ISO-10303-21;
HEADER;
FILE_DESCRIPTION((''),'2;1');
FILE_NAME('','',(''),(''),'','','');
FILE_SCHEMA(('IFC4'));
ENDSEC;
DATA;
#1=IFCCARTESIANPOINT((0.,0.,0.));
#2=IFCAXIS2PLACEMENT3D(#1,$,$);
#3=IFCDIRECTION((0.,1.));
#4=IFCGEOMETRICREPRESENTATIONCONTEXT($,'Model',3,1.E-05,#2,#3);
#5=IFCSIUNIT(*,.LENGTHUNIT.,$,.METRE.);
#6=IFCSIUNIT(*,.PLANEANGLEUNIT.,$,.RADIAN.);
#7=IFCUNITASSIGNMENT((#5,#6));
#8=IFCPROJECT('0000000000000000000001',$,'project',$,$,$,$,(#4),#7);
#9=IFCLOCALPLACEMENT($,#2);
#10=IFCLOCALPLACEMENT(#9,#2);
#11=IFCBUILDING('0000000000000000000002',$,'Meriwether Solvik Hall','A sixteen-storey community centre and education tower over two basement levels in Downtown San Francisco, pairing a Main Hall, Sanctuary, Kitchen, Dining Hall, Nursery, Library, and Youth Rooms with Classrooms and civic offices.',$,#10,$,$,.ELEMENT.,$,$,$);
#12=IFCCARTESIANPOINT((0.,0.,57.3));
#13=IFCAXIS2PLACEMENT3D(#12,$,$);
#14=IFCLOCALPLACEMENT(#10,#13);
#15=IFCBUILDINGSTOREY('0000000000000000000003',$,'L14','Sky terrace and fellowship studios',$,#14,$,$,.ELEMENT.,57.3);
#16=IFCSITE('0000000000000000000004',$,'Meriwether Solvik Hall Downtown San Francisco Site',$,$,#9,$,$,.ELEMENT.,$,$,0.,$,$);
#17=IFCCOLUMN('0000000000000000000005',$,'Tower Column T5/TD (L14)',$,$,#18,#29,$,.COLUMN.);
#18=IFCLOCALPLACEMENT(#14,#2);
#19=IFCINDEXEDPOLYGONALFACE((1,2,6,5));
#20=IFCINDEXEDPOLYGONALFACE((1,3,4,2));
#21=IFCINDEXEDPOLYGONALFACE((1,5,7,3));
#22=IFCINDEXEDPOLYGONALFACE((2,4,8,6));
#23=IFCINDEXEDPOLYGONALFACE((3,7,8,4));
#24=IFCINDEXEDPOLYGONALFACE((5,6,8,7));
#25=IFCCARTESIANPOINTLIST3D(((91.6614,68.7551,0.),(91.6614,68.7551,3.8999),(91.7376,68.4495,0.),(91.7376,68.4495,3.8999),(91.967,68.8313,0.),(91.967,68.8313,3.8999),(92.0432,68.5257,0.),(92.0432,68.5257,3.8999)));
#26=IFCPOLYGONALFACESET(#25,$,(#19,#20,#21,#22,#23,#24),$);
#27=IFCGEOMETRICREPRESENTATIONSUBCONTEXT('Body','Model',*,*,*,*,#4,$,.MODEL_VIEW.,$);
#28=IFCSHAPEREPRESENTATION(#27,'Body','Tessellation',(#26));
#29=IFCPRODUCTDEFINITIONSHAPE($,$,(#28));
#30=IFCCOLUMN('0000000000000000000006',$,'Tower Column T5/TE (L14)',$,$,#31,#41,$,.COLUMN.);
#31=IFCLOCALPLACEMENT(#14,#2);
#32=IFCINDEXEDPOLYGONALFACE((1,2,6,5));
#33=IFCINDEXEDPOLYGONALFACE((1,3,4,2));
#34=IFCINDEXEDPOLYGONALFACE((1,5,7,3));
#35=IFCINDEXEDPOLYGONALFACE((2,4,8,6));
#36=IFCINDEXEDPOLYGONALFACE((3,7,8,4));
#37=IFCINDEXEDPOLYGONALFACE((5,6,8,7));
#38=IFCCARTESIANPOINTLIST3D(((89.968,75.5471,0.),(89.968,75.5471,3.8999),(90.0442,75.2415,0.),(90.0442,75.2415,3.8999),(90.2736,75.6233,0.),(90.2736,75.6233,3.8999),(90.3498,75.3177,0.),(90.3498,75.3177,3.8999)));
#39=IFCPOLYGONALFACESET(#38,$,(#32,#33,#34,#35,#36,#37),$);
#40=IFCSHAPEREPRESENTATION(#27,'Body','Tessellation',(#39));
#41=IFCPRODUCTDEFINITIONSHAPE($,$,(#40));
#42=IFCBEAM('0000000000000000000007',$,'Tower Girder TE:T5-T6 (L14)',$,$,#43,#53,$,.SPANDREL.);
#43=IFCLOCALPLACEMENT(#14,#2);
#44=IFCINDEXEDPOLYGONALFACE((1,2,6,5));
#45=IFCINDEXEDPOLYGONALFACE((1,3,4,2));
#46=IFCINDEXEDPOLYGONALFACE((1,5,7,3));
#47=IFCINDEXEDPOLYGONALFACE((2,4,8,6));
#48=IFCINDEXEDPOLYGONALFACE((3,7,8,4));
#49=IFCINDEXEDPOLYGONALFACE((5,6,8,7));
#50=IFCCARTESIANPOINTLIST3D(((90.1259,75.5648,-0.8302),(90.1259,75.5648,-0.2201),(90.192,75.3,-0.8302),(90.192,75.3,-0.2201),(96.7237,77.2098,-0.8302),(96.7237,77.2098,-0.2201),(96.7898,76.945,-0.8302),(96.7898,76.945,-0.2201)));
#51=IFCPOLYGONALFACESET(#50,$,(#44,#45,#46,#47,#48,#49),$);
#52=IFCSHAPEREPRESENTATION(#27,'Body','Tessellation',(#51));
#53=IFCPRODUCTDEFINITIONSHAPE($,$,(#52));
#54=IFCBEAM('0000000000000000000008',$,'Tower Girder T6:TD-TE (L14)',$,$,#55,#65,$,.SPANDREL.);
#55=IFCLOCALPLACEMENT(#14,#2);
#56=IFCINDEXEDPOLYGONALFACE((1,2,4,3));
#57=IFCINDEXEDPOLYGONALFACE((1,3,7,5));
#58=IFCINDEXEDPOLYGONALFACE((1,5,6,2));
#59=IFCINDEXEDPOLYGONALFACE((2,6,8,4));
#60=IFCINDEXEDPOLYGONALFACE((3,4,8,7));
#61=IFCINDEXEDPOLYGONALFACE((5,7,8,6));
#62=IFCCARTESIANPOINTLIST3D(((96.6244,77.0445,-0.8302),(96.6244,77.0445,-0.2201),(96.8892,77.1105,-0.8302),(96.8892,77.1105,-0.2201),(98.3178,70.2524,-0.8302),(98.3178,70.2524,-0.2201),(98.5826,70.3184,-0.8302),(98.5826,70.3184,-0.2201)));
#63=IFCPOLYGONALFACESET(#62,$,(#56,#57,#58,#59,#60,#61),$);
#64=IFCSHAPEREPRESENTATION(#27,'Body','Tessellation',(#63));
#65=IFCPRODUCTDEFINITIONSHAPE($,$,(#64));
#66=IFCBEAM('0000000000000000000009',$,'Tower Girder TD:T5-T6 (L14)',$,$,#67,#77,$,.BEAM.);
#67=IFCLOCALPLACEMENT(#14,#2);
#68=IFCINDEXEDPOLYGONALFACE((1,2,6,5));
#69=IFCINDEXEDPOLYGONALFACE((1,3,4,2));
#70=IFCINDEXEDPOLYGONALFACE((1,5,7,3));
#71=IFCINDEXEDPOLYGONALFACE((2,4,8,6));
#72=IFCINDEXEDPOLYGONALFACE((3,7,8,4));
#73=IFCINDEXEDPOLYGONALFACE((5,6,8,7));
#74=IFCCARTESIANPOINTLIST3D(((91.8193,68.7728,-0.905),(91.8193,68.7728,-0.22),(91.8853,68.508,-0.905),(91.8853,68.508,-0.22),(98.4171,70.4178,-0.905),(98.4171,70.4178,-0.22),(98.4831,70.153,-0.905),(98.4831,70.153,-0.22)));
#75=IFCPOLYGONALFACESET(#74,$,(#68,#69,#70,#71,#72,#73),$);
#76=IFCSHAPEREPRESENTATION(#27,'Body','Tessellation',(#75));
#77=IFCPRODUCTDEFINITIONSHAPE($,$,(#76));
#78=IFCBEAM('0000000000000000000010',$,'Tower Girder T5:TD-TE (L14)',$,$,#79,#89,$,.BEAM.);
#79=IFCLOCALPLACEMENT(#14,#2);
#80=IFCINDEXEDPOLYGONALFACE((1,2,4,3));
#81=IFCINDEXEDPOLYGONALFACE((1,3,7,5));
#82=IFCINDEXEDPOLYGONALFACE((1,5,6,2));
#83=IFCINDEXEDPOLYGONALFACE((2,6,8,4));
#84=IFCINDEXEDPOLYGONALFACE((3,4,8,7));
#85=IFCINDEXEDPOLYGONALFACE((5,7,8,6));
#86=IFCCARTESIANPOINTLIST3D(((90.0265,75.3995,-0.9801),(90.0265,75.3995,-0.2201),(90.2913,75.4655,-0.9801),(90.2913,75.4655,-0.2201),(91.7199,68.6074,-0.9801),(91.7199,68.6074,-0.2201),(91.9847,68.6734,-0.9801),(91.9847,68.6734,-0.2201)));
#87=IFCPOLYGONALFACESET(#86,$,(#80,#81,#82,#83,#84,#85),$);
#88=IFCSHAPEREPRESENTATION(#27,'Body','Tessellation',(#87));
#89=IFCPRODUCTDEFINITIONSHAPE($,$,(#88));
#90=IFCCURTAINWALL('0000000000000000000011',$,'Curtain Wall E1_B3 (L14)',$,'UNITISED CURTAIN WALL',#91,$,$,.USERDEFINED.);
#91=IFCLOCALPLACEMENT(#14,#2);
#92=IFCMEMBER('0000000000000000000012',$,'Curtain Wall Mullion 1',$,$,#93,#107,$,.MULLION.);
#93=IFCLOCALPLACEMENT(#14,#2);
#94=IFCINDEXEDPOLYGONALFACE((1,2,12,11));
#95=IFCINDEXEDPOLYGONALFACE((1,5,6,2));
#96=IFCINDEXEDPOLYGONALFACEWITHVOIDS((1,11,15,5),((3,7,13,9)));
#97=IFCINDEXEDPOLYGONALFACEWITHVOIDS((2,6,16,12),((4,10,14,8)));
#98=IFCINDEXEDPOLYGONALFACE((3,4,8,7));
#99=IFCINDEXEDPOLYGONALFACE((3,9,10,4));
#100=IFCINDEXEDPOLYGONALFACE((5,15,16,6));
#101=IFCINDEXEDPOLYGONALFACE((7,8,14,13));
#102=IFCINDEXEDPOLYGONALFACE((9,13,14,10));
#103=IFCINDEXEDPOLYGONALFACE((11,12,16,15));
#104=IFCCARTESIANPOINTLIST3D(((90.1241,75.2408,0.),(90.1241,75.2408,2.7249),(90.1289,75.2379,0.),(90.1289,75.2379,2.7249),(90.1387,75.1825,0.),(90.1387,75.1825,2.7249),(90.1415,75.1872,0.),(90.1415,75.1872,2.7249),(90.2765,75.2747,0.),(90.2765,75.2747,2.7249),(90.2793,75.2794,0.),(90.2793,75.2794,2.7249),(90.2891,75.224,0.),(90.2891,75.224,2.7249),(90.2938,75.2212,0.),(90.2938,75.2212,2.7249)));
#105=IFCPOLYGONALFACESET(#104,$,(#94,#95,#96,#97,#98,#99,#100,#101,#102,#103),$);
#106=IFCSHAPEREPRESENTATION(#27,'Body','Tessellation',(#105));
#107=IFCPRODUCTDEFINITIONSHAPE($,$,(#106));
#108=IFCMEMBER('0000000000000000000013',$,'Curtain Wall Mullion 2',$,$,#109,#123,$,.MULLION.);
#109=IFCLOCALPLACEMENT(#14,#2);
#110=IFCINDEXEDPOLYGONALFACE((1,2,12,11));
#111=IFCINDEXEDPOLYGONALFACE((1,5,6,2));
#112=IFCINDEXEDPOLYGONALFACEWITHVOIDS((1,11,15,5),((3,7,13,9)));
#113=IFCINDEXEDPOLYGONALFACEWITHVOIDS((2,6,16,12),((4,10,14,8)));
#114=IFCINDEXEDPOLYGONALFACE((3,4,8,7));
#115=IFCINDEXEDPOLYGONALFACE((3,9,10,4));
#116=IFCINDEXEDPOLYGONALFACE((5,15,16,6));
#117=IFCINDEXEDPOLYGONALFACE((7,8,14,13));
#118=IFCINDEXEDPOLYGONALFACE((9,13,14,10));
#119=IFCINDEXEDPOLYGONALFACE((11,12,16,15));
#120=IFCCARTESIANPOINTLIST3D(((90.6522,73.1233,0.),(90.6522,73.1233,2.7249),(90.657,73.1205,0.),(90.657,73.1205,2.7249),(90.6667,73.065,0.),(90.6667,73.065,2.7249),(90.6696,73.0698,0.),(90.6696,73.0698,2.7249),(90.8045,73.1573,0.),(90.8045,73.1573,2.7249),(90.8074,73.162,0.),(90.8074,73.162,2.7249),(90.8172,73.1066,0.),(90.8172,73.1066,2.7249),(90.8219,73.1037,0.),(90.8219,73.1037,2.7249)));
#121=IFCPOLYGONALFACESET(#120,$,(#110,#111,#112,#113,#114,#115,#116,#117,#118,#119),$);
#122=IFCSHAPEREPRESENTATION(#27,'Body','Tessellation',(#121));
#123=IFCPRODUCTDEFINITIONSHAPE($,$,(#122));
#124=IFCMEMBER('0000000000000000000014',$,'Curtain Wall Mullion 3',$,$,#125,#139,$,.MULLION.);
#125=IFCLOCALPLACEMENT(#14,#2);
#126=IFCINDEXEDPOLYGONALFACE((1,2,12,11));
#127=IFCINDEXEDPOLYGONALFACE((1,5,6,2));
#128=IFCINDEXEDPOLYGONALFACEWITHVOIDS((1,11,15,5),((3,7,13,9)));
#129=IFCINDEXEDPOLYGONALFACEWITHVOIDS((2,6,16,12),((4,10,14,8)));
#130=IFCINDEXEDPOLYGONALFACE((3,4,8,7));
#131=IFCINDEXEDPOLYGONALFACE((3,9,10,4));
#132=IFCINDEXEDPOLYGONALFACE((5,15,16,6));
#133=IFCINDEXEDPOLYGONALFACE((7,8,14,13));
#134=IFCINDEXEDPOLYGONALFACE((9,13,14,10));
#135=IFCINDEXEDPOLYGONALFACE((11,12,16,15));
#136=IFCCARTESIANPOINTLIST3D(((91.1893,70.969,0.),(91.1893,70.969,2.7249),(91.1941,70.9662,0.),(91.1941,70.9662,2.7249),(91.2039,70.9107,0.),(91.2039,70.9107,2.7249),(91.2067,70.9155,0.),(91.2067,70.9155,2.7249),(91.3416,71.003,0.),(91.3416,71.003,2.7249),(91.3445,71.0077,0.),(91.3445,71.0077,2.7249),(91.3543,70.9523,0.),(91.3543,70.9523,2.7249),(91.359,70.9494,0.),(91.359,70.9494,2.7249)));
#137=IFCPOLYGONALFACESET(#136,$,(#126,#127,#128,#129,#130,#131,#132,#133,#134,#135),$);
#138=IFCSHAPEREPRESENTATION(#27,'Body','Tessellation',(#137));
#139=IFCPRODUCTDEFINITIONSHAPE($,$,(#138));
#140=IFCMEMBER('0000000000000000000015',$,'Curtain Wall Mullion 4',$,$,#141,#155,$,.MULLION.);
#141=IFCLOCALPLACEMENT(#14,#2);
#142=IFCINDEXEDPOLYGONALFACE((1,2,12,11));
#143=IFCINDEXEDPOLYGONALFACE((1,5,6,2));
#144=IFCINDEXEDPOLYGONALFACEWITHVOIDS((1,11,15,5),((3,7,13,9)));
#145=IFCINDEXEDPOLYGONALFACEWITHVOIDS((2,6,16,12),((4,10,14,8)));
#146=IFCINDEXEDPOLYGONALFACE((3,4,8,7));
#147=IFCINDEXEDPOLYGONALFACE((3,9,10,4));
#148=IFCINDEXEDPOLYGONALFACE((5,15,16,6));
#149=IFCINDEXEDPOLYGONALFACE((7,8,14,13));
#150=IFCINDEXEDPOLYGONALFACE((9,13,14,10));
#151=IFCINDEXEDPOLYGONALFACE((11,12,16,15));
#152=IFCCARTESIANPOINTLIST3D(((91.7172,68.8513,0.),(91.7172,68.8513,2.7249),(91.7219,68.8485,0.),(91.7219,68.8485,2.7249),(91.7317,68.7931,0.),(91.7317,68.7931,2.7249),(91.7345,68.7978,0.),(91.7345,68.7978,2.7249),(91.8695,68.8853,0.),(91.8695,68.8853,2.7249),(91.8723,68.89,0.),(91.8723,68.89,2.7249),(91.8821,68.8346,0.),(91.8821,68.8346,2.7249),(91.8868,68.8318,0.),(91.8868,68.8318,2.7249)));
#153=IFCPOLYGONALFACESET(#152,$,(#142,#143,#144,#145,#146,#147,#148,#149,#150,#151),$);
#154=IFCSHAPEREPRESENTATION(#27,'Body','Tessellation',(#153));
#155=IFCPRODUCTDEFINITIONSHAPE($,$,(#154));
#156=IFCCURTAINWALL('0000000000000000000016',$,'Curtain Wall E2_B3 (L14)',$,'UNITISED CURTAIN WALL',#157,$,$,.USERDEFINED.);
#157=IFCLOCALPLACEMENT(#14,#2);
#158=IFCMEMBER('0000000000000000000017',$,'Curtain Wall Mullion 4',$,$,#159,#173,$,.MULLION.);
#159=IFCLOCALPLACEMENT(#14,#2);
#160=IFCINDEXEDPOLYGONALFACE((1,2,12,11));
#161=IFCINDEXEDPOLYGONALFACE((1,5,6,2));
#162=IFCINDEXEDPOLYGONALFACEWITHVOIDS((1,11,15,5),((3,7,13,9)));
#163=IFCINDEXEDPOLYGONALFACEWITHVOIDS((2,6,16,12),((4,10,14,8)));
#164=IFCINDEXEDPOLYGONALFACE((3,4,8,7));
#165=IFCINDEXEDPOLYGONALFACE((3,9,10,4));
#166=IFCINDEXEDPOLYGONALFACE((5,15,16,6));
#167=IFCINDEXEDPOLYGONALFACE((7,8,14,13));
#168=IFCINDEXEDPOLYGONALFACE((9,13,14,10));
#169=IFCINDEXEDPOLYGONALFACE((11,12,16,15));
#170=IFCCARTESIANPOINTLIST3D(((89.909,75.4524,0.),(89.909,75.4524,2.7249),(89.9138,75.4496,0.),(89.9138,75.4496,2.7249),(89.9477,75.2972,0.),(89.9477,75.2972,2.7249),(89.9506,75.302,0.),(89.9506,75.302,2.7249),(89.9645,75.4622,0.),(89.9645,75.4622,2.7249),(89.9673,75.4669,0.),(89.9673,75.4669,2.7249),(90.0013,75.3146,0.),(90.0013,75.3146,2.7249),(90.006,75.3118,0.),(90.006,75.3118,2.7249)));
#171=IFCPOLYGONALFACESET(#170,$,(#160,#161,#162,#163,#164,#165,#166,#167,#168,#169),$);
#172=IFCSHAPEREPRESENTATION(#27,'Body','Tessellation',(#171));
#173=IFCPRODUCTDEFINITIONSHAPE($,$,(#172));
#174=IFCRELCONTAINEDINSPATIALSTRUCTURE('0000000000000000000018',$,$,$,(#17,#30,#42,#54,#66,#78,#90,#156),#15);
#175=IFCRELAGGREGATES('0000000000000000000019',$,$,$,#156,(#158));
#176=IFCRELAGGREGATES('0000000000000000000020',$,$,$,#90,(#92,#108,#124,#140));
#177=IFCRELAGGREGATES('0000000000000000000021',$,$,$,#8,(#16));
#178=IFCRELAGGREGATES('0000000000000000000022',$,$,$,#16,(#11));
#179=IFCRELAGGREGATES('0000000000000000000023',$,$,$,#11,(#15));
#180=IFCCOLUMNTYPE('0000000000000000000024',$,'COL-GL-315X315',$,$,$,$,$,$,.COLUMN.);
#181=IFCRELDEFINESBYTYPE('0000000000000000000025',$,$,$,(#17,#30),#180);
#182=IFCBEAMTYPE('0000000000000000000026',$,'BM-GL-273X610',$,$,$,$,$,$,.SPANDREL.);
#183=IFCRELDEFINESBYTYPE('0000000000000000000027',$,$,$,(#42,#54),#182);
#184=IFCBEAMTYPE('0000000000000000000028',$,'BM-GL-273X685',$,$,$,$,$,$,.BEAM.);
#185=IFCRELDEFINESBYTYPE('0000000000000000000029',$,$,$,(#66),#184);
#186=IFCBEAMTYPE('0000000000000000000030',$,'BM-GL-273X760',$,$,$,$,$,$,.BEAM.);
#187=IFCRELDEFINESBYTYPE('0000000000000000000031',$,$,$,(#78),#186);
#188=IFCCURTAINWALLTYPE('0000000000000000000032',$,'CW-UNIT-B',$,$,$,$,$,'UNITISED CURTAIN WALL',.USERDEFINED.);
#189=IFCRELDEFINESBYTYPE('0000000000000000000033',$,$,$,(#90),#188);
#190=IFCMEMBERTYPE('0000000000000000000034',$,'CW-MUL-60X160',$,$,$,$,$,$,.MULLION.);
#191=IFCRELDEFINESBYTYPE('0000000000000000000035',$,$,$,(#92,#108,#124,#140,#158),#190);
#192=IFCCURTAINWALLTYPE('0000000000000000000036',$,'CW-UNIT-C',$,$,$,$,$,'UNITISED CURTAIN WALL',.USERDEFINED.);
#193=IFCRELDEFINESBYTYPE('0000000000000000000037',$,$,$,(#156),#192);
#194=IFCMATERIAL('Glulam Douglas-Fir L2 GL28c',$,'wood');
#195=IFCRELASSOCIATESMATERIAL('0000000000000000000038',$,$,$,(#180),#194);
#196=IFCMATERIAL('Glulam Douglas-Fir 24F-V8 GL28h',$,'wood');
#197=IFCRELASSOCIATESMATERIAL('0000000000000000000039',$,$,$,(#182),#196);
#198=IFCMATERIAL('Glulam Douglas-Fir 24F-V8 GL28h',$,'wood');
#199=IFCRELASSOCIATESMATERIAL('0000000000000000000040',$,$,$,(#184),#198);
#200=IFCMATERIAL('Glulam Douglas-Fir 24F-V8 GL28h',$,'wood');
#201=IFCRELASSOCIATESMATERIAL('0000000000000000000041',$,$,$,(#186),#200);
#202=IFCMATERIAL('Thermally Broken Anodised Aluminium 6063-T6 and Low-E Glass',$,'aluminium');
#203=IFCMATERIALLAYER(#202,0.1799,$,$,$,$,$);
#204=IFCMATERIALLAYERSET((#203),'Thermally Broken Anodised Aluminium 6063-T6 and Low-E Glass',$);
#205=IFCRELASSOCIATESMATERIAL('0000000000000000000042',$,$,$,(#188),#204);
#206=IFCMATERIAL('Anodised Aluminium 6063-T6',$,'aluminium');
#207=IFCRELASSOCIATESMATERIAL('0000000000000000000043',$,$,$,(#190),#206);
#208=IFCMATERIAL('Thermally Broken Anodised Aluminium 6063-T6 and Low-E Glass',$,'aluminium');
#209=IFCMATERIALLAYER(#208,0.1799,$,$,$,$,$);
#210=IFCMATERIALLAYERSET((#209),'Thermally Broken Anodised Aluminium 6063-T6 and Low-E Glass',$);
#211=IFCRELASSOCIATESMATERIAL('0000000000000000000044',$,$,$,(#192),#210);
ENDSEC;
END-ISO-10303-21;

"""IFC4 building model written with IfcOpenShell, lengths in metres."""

from ifc_helpers import new_model, si_unit, direction, frame, origin, origin_2d, place, context, subcontext, project, spatial, rectangle, hollow_rectangle, extrude, material, layer, layer_set, material_profile, profile_set, type_object, element, aggregate, save


model = new_model("IFC4")

# Units and contexts
model_context = context("Model", 3, precision=1e-05, world=origin(), true_north=direction((0.0, 1.0)))
body_context = subcontext(model_context, "Body", "Model", "MODEL_VIEW")
ifc_project = project(units=[si_unit("LENGTHUNIT", "METRE"), si_unit("PLANEANGLEUNIT", "RADIAN")], contexts=[model_context])

# Site, building, storey
site_placement = place(None, origin())
site = spatial("IfcSite", under=ifc_project, at=site_placement, Name="Meriwether Solvik Hall Downtown San Francisco Site", CompositionType="ELEMENT", RefElevation=0.0)
building_placement = place(site_placement, origin())
building = spatial("IfcBuilding", under=site, at=building_placement, Name="Meriwether Solvik Hall", Description="A sixteen-storey community centre and education tower over two basement levels in Downtown San Francisco, pairing a Main Hall, Sanctuary, Kitchen, Dining Hall, Nursery, Library, and Youth Rooms with Classrooms and civic offices.", CompositionType="ELEMENT")
storey_placement = place(building_placement, frame((0.0, 0.0, 57.3)))
storey = spatial("IfcBuildingStorey", under=building, at=storey_placement, Name="L14", Description="Sky terrace and fellowship studios", CompositionType="ELEMENT", Elevation=57.3)

# Columns
ifc_material_1 = material(Name="Glulam Douglas-Fir L2 GL28c", Category="wood")
ifc_material_profile_1 = material_profile(ifc_material_1, rectangle(XDim=0.3149, YDim=0.3149, at=origin_2d()), Name="GLC-315X315")
ifc_profile_set_1 = profile_set([ifc_material_profile_1], Name="Glulam Douglas-Fir L2 GL28c")
column_type = type_object("IfcColumnType", Name="COL-GL-315X315", PredefinedType="COLUMN", material=ifc_profile_set_1)
for number, where, z_axis, x_axis, name in (
    (1, (91.8523, 68.6404, 0.0), (0.0, 0.0, 1.0), (0.970296, 0.241922, 0.0), "Tower Column T5/TD (L14)"),
    (2, (90.1589, 75.4324, 0.0), (0.0, 0.0, 1.0), (0.970296, 0.241922, 0.0), "Tower Column T5/TE (L14)"),
):
    element("IfcColumn", number, at=place(storey_placement, frame(where, z_axis=z_axis, x_axis=x_axis)), inside=storey, type_object=column_type, Name=name, PredefinedType="COLUMN", context=body_context, shape_type="SweptSolid", body=[
        extrude(rectangle(XDim=0.3149, YDim=0.3149, at=origin_2d()), origin(), (0.0, 0.0, 1.0), 3.8999),
    ])

# Beams
ifc_material_2 = material(Name="Glulam Douglas-Fir 24F-V8 GL28h", Category="wood")
ifc_material_profile_2 = material_profile(ifc_material_2, rectangle(XDim=0.2729, YDim=0.6101, at=origin_2d()), Name="GLB-273X610")
ifc_profile_set_2 = profile_set([ifc_material_profile_2], Name="Glulam Douglas-Fir 24F-V8 GL28h")
beam_type_1 = type_object("IfcBeamType", Name="BM-GL-273X610", PredefinedType="SPANDREL", material=ifc_profile_set_2)
beam_1_placement = place(storey_placement, frame((90.1589, 75.4324, -0.5251), z_axis=(0.970296, 0.241919, 0.0), x_axis=(-0.241919, 0.970296, 0.0)))
element("IfcBeam", 3, at=beam_1_placement, inside=storey, type_object=beam_type_1, Name="Tower Girder TE:T5-T6 (L14)", PredefinedType="SPANDREL", context=body_context, shape_type="SweptSolid", body=[
    extrude(rectangle(XDim=0.2729, YDim=0.6101, at=origin_2d()), origin(), (0.0, 0.0, 1.0), 6.7998),
])
beam_2_placement = place(storey_placement, frame((98.4502, 70.2854, -0.5251), z_axis=(-0.241912, 0.970298, 0.0), x_axis=(-0.970298, -0.241912, 0.0)))
element("IfcBeam", 4, at=beam_2_placement, inside=storey, type_object=beam_type_1, Name="Tower Girder T6:TD-TE (L14)", PredefinedType="SPANDREL", context=body_context, shape_type="SweptSolid", body=[
    extrude(rectangle(XDim=0.2729, YDim=0.6101, at=origin_2d()), origin(), (0.0, 0.0, 1.0), 7.0),
])
ifc_material_3 = material(Name="Glulam Douglas-Fir 24F-V8 GL28h", Category="wood")
ifc_material_profile_3 = material_profile(ifc_material_3, rectangle(XDim=0.2729, YDim=0.6851, at=origin_2d()), Name="GLB-273X685")
ifc_profile_set_3 = profile_set([ifc_material_profile_3], Name="Glulam Douglas-Fir 24F-V8 GL28h")
beam_type_2 = type_object("IfcBeamType", Name="BM-GL-273X685", PredefinedType="BEAM", material=ifc_profile_set_3)
beam_3_placement = place(storey_placement, frame((91.8523, 68.6404, -0.5625), z_axis=(0.970296, 0.241919, 0.0), x_axis=(-0.241919, 0.970296, 0.0)))
element("IfcBeam", 5, at=beam_3_placement, inside=storey, type_object=beam_type_2, Name="Tower Girder TD:T5-T6 (L14)", PredefinedType="BEAM", context=body_context, shape_type="SweptSolid", body=[
    extrude(rectangle(XDim=0.2729, YDim=0.6851, at=origin_2d()), origin(), (0.0, 0.0, 1.0), 6.7998),
])
ifc_material_4 = material(Name="Glulam Douglas-Fir 24F-V8 GL28h", Category="wood")
ifc_material_profile_4 = material_profile(ifc_material_4, rectangle(XDim=0.2729, YDim=0.76, at=origin_2d()), Name="GLB-273X760")
ifc_profile_set_4 = profile_set([ifc_material_profile_4], Name="Glulam Douglas-Fir 24F-V8 GL28h")
beam_type_3 = type_object("IfcBeamType", Name="BM-GL-273X760", PredefinedType="BEAM", material=ifc_profile_set_4)
beam_4_placement = place(storey_placement, frame((91.8523, 68.6404, -0.6001), z_axis=(-0.241912, 0.970298, 0.0), x_axis=(-0.970298, -0.241912, 0.0)))
element("IfcBeam", 6, at=beam_4_placement, inside=storey, type_object=beam_type_3, Name="Tower Girder T5:TD-TE (L14)", PredefinedType="BEAM", context=body_context, shape_type="SweptSolid", body=[
    extrude(rectangle(XDim=0.2729, YDim=0.76, at=origin_2d()), origin(), (0.0, 0.0, 1.0), 7.0),
])

# Curtain wall, members
ifc_material_5 = material(Name="Thermally Broken Anodised Aluminium 6063-T6 and Low-E Glass", Category="aluminium")
ifc_layer_1 = layer(ifc_material_5, 0.1799)
ifc_layer_set_1 = layer_set([ifc_layer_1], Name="Thermally Broken Anodised Aluminium 6063-T6 and Low-E Glass")
curtain_wall_type_1 = type_object("IfcCurtainWallType", Name="CW-UNIT-B", ElementType="UNITISED CURTAIN WALL", PredefinedType="USERDEFINED", material=ifc_layer_set_1)
curtain_wall_1_placement = place(storey_placement, origin())
curtain_wall_1 = element("IfcCurtainWall", 7, at=curtain_wall_1_placement, inside=storey, type_object=curtain_wall_type_1, Name="Curtain Wall E1_B3 (L14)", ObjectType="UNITISED CURTAIN WALL", PredefinedType="USERDEFINED")
ifc_material_6 = material(Name="Anodised Aluminium 6063-T6", Category="aluminium")
ifc_material_profile_5 = material_profile(ifc_material_6, hollow_rectangle(XDim=0.0601, YDim=0.1599, WallThickness=0.0039, at=origin_2d()), Name="CWM-60X160")
ifc_profile_set_5 = profile_set([ifc_material_profile_5], Name="Anodised Aluminium 6063-T6")
member_type_1 = type_object("IfcMemberType", Name="CW-MUL-60X160", PredefinedType="MULLION", material=ifc_profile_set_5)
member_1_placement = place(storey_placement, frame((90.209, 75.231, 0.0), z_axis=(0.0, 0.0, 1.0), x_axis=(0.241922, -0.970296, 0.0)))
member_1 = element("IfcMember", 8, at=member_1_placement, type_object=member_type_1, Name="Curtain Wall Mullion 1", PredefinedType="MULLION", context=body_context, shape_type="SweptSolid", body=[
    extrude(hollow_rectangle(XDim=0.0601, YDim=0.1599, WallThickness=0.0039, at=origin_2d()), origin(), (0.0, 0.0, 1.0), 2.7249),
])
member_2_placement = place(storey_placement, frame((90.7371, 73.1135, 0.0), z_axis=(0.0, 0.0, 1.0), x_axis=(0.241922, -0.970296, 0.0)))
member_2 = element("IfcMember", 9, at=member_2_placement, type_object=member_type_1, Name="Curtain Wall Mullion 2", PredefinedType="MULLION", context=body_context, shape_type="SweptSolid", body=[
    extrude(hollow_rectangle(XDim=0.0601, YDim=0.1599, WallThickness=0.0039, at=origin_2d()), origin(), (0.0, 0.0, 1.0), 2.7249),
])
member_3_placement = place(storey_placement, frame((91.2742, 70.9592, 0.0), z_axis=(0.0, 0.0, 1.0), x_axis=(0.241922, -0.970296, 0.0)))
member_3 = element("IfcMember", 10, at=member_3_placement, type_object=member_type_1, Name="Curtain Wall Mullion 3", PredefinedType="MULLION", context=body_context, shape_type="SweptSolid", body=[
    extrude(hollow_rectangle(XDim=0.0601, YDim=0.1599, WallThickness=0.0039, at=origin_2d()), origin(), (0.0, 0.0, 1.0), 2.7249),
])
member_4_placement = place(storey_placement, frame((91.802, 68.8416, 0.0), z_axis=(0.0, 0.0, 1.0), x_axis=(0.241922, -0.970296, 0.0)))
member_4 = element("IfcMember", 11, at=member_4_placement, type_object=member_type_1, Name="Curtain Wall Mullion 4", PredefinedType="MULLION", context=body_context, shape_type="SweptSolid", body=[
    extrude(hollow_rectangle(XDim=0.0601, YDim=0.1599, WallThickness=0.0039, at=origin_2d()), origin(), (0.0, 0.0, 1.0), 2.7249),
])

# Curtain wall, member
ifc_material_7 = material(Name="Thermally Broken Anodised Aluminium 6063-T6 and Low-E Glass", Category="aluminium")
ifc_layer_2 = layer(ifc_material_7, 0.1799)
ifc_layer_set_2 = layer_set([ifc_layer_2], Name="Thermally Broken Anodised Aluminium 6063-T6 and Low-E Glass")
curtain_wall_type_2 = type_object("IfcCurtainWallType", Name="CW-UNIT-C", ElementType="UNITISED CURTAIN WALL", PredefinedType="USERDEFINED", material=ifc_layer_set_2)
curtain_wall_2_placement = place(storey_placement, origin())
curtain_wall_2 = element("IfcCurtainWall", 12, at=curtain_wall_2_placement, inside=storey, type_object=curtain_wall_type_2, Name="Curtain Wall E2_B3 (L14)", ObjectType="UNITISED CURTAIN WALL", PredefinedType="USERDEFINED")
member_5_placement = place(storey_placement, frame((89.9575, 75.3821, 0.0), z_axis=(0.0, 0.0, 1.0), x_axis=(0.970296, 0.241922, 0.0)))
member_5 = element("IfcMember", 13, at=member_5_placement, type_object=member_type_1, Name="Curtain Wall Mullion 4", PredefinedType="MULLION", context=body_context, shape_type="SweptSolid", body=[
    extrude(hollow_rectangle(XDim=0.0601, YDim=0.1599, WallThickness=0.0039, at=origin_2d()), origin(), (0.0, 0.0, 1.0), 2.7249),
])
aggregate(curtain_wall_2, [member_5])

aggregate(curtain_wall_1, [member_1, member_2, member_3, member_4])

save(model, "model.ifc")
